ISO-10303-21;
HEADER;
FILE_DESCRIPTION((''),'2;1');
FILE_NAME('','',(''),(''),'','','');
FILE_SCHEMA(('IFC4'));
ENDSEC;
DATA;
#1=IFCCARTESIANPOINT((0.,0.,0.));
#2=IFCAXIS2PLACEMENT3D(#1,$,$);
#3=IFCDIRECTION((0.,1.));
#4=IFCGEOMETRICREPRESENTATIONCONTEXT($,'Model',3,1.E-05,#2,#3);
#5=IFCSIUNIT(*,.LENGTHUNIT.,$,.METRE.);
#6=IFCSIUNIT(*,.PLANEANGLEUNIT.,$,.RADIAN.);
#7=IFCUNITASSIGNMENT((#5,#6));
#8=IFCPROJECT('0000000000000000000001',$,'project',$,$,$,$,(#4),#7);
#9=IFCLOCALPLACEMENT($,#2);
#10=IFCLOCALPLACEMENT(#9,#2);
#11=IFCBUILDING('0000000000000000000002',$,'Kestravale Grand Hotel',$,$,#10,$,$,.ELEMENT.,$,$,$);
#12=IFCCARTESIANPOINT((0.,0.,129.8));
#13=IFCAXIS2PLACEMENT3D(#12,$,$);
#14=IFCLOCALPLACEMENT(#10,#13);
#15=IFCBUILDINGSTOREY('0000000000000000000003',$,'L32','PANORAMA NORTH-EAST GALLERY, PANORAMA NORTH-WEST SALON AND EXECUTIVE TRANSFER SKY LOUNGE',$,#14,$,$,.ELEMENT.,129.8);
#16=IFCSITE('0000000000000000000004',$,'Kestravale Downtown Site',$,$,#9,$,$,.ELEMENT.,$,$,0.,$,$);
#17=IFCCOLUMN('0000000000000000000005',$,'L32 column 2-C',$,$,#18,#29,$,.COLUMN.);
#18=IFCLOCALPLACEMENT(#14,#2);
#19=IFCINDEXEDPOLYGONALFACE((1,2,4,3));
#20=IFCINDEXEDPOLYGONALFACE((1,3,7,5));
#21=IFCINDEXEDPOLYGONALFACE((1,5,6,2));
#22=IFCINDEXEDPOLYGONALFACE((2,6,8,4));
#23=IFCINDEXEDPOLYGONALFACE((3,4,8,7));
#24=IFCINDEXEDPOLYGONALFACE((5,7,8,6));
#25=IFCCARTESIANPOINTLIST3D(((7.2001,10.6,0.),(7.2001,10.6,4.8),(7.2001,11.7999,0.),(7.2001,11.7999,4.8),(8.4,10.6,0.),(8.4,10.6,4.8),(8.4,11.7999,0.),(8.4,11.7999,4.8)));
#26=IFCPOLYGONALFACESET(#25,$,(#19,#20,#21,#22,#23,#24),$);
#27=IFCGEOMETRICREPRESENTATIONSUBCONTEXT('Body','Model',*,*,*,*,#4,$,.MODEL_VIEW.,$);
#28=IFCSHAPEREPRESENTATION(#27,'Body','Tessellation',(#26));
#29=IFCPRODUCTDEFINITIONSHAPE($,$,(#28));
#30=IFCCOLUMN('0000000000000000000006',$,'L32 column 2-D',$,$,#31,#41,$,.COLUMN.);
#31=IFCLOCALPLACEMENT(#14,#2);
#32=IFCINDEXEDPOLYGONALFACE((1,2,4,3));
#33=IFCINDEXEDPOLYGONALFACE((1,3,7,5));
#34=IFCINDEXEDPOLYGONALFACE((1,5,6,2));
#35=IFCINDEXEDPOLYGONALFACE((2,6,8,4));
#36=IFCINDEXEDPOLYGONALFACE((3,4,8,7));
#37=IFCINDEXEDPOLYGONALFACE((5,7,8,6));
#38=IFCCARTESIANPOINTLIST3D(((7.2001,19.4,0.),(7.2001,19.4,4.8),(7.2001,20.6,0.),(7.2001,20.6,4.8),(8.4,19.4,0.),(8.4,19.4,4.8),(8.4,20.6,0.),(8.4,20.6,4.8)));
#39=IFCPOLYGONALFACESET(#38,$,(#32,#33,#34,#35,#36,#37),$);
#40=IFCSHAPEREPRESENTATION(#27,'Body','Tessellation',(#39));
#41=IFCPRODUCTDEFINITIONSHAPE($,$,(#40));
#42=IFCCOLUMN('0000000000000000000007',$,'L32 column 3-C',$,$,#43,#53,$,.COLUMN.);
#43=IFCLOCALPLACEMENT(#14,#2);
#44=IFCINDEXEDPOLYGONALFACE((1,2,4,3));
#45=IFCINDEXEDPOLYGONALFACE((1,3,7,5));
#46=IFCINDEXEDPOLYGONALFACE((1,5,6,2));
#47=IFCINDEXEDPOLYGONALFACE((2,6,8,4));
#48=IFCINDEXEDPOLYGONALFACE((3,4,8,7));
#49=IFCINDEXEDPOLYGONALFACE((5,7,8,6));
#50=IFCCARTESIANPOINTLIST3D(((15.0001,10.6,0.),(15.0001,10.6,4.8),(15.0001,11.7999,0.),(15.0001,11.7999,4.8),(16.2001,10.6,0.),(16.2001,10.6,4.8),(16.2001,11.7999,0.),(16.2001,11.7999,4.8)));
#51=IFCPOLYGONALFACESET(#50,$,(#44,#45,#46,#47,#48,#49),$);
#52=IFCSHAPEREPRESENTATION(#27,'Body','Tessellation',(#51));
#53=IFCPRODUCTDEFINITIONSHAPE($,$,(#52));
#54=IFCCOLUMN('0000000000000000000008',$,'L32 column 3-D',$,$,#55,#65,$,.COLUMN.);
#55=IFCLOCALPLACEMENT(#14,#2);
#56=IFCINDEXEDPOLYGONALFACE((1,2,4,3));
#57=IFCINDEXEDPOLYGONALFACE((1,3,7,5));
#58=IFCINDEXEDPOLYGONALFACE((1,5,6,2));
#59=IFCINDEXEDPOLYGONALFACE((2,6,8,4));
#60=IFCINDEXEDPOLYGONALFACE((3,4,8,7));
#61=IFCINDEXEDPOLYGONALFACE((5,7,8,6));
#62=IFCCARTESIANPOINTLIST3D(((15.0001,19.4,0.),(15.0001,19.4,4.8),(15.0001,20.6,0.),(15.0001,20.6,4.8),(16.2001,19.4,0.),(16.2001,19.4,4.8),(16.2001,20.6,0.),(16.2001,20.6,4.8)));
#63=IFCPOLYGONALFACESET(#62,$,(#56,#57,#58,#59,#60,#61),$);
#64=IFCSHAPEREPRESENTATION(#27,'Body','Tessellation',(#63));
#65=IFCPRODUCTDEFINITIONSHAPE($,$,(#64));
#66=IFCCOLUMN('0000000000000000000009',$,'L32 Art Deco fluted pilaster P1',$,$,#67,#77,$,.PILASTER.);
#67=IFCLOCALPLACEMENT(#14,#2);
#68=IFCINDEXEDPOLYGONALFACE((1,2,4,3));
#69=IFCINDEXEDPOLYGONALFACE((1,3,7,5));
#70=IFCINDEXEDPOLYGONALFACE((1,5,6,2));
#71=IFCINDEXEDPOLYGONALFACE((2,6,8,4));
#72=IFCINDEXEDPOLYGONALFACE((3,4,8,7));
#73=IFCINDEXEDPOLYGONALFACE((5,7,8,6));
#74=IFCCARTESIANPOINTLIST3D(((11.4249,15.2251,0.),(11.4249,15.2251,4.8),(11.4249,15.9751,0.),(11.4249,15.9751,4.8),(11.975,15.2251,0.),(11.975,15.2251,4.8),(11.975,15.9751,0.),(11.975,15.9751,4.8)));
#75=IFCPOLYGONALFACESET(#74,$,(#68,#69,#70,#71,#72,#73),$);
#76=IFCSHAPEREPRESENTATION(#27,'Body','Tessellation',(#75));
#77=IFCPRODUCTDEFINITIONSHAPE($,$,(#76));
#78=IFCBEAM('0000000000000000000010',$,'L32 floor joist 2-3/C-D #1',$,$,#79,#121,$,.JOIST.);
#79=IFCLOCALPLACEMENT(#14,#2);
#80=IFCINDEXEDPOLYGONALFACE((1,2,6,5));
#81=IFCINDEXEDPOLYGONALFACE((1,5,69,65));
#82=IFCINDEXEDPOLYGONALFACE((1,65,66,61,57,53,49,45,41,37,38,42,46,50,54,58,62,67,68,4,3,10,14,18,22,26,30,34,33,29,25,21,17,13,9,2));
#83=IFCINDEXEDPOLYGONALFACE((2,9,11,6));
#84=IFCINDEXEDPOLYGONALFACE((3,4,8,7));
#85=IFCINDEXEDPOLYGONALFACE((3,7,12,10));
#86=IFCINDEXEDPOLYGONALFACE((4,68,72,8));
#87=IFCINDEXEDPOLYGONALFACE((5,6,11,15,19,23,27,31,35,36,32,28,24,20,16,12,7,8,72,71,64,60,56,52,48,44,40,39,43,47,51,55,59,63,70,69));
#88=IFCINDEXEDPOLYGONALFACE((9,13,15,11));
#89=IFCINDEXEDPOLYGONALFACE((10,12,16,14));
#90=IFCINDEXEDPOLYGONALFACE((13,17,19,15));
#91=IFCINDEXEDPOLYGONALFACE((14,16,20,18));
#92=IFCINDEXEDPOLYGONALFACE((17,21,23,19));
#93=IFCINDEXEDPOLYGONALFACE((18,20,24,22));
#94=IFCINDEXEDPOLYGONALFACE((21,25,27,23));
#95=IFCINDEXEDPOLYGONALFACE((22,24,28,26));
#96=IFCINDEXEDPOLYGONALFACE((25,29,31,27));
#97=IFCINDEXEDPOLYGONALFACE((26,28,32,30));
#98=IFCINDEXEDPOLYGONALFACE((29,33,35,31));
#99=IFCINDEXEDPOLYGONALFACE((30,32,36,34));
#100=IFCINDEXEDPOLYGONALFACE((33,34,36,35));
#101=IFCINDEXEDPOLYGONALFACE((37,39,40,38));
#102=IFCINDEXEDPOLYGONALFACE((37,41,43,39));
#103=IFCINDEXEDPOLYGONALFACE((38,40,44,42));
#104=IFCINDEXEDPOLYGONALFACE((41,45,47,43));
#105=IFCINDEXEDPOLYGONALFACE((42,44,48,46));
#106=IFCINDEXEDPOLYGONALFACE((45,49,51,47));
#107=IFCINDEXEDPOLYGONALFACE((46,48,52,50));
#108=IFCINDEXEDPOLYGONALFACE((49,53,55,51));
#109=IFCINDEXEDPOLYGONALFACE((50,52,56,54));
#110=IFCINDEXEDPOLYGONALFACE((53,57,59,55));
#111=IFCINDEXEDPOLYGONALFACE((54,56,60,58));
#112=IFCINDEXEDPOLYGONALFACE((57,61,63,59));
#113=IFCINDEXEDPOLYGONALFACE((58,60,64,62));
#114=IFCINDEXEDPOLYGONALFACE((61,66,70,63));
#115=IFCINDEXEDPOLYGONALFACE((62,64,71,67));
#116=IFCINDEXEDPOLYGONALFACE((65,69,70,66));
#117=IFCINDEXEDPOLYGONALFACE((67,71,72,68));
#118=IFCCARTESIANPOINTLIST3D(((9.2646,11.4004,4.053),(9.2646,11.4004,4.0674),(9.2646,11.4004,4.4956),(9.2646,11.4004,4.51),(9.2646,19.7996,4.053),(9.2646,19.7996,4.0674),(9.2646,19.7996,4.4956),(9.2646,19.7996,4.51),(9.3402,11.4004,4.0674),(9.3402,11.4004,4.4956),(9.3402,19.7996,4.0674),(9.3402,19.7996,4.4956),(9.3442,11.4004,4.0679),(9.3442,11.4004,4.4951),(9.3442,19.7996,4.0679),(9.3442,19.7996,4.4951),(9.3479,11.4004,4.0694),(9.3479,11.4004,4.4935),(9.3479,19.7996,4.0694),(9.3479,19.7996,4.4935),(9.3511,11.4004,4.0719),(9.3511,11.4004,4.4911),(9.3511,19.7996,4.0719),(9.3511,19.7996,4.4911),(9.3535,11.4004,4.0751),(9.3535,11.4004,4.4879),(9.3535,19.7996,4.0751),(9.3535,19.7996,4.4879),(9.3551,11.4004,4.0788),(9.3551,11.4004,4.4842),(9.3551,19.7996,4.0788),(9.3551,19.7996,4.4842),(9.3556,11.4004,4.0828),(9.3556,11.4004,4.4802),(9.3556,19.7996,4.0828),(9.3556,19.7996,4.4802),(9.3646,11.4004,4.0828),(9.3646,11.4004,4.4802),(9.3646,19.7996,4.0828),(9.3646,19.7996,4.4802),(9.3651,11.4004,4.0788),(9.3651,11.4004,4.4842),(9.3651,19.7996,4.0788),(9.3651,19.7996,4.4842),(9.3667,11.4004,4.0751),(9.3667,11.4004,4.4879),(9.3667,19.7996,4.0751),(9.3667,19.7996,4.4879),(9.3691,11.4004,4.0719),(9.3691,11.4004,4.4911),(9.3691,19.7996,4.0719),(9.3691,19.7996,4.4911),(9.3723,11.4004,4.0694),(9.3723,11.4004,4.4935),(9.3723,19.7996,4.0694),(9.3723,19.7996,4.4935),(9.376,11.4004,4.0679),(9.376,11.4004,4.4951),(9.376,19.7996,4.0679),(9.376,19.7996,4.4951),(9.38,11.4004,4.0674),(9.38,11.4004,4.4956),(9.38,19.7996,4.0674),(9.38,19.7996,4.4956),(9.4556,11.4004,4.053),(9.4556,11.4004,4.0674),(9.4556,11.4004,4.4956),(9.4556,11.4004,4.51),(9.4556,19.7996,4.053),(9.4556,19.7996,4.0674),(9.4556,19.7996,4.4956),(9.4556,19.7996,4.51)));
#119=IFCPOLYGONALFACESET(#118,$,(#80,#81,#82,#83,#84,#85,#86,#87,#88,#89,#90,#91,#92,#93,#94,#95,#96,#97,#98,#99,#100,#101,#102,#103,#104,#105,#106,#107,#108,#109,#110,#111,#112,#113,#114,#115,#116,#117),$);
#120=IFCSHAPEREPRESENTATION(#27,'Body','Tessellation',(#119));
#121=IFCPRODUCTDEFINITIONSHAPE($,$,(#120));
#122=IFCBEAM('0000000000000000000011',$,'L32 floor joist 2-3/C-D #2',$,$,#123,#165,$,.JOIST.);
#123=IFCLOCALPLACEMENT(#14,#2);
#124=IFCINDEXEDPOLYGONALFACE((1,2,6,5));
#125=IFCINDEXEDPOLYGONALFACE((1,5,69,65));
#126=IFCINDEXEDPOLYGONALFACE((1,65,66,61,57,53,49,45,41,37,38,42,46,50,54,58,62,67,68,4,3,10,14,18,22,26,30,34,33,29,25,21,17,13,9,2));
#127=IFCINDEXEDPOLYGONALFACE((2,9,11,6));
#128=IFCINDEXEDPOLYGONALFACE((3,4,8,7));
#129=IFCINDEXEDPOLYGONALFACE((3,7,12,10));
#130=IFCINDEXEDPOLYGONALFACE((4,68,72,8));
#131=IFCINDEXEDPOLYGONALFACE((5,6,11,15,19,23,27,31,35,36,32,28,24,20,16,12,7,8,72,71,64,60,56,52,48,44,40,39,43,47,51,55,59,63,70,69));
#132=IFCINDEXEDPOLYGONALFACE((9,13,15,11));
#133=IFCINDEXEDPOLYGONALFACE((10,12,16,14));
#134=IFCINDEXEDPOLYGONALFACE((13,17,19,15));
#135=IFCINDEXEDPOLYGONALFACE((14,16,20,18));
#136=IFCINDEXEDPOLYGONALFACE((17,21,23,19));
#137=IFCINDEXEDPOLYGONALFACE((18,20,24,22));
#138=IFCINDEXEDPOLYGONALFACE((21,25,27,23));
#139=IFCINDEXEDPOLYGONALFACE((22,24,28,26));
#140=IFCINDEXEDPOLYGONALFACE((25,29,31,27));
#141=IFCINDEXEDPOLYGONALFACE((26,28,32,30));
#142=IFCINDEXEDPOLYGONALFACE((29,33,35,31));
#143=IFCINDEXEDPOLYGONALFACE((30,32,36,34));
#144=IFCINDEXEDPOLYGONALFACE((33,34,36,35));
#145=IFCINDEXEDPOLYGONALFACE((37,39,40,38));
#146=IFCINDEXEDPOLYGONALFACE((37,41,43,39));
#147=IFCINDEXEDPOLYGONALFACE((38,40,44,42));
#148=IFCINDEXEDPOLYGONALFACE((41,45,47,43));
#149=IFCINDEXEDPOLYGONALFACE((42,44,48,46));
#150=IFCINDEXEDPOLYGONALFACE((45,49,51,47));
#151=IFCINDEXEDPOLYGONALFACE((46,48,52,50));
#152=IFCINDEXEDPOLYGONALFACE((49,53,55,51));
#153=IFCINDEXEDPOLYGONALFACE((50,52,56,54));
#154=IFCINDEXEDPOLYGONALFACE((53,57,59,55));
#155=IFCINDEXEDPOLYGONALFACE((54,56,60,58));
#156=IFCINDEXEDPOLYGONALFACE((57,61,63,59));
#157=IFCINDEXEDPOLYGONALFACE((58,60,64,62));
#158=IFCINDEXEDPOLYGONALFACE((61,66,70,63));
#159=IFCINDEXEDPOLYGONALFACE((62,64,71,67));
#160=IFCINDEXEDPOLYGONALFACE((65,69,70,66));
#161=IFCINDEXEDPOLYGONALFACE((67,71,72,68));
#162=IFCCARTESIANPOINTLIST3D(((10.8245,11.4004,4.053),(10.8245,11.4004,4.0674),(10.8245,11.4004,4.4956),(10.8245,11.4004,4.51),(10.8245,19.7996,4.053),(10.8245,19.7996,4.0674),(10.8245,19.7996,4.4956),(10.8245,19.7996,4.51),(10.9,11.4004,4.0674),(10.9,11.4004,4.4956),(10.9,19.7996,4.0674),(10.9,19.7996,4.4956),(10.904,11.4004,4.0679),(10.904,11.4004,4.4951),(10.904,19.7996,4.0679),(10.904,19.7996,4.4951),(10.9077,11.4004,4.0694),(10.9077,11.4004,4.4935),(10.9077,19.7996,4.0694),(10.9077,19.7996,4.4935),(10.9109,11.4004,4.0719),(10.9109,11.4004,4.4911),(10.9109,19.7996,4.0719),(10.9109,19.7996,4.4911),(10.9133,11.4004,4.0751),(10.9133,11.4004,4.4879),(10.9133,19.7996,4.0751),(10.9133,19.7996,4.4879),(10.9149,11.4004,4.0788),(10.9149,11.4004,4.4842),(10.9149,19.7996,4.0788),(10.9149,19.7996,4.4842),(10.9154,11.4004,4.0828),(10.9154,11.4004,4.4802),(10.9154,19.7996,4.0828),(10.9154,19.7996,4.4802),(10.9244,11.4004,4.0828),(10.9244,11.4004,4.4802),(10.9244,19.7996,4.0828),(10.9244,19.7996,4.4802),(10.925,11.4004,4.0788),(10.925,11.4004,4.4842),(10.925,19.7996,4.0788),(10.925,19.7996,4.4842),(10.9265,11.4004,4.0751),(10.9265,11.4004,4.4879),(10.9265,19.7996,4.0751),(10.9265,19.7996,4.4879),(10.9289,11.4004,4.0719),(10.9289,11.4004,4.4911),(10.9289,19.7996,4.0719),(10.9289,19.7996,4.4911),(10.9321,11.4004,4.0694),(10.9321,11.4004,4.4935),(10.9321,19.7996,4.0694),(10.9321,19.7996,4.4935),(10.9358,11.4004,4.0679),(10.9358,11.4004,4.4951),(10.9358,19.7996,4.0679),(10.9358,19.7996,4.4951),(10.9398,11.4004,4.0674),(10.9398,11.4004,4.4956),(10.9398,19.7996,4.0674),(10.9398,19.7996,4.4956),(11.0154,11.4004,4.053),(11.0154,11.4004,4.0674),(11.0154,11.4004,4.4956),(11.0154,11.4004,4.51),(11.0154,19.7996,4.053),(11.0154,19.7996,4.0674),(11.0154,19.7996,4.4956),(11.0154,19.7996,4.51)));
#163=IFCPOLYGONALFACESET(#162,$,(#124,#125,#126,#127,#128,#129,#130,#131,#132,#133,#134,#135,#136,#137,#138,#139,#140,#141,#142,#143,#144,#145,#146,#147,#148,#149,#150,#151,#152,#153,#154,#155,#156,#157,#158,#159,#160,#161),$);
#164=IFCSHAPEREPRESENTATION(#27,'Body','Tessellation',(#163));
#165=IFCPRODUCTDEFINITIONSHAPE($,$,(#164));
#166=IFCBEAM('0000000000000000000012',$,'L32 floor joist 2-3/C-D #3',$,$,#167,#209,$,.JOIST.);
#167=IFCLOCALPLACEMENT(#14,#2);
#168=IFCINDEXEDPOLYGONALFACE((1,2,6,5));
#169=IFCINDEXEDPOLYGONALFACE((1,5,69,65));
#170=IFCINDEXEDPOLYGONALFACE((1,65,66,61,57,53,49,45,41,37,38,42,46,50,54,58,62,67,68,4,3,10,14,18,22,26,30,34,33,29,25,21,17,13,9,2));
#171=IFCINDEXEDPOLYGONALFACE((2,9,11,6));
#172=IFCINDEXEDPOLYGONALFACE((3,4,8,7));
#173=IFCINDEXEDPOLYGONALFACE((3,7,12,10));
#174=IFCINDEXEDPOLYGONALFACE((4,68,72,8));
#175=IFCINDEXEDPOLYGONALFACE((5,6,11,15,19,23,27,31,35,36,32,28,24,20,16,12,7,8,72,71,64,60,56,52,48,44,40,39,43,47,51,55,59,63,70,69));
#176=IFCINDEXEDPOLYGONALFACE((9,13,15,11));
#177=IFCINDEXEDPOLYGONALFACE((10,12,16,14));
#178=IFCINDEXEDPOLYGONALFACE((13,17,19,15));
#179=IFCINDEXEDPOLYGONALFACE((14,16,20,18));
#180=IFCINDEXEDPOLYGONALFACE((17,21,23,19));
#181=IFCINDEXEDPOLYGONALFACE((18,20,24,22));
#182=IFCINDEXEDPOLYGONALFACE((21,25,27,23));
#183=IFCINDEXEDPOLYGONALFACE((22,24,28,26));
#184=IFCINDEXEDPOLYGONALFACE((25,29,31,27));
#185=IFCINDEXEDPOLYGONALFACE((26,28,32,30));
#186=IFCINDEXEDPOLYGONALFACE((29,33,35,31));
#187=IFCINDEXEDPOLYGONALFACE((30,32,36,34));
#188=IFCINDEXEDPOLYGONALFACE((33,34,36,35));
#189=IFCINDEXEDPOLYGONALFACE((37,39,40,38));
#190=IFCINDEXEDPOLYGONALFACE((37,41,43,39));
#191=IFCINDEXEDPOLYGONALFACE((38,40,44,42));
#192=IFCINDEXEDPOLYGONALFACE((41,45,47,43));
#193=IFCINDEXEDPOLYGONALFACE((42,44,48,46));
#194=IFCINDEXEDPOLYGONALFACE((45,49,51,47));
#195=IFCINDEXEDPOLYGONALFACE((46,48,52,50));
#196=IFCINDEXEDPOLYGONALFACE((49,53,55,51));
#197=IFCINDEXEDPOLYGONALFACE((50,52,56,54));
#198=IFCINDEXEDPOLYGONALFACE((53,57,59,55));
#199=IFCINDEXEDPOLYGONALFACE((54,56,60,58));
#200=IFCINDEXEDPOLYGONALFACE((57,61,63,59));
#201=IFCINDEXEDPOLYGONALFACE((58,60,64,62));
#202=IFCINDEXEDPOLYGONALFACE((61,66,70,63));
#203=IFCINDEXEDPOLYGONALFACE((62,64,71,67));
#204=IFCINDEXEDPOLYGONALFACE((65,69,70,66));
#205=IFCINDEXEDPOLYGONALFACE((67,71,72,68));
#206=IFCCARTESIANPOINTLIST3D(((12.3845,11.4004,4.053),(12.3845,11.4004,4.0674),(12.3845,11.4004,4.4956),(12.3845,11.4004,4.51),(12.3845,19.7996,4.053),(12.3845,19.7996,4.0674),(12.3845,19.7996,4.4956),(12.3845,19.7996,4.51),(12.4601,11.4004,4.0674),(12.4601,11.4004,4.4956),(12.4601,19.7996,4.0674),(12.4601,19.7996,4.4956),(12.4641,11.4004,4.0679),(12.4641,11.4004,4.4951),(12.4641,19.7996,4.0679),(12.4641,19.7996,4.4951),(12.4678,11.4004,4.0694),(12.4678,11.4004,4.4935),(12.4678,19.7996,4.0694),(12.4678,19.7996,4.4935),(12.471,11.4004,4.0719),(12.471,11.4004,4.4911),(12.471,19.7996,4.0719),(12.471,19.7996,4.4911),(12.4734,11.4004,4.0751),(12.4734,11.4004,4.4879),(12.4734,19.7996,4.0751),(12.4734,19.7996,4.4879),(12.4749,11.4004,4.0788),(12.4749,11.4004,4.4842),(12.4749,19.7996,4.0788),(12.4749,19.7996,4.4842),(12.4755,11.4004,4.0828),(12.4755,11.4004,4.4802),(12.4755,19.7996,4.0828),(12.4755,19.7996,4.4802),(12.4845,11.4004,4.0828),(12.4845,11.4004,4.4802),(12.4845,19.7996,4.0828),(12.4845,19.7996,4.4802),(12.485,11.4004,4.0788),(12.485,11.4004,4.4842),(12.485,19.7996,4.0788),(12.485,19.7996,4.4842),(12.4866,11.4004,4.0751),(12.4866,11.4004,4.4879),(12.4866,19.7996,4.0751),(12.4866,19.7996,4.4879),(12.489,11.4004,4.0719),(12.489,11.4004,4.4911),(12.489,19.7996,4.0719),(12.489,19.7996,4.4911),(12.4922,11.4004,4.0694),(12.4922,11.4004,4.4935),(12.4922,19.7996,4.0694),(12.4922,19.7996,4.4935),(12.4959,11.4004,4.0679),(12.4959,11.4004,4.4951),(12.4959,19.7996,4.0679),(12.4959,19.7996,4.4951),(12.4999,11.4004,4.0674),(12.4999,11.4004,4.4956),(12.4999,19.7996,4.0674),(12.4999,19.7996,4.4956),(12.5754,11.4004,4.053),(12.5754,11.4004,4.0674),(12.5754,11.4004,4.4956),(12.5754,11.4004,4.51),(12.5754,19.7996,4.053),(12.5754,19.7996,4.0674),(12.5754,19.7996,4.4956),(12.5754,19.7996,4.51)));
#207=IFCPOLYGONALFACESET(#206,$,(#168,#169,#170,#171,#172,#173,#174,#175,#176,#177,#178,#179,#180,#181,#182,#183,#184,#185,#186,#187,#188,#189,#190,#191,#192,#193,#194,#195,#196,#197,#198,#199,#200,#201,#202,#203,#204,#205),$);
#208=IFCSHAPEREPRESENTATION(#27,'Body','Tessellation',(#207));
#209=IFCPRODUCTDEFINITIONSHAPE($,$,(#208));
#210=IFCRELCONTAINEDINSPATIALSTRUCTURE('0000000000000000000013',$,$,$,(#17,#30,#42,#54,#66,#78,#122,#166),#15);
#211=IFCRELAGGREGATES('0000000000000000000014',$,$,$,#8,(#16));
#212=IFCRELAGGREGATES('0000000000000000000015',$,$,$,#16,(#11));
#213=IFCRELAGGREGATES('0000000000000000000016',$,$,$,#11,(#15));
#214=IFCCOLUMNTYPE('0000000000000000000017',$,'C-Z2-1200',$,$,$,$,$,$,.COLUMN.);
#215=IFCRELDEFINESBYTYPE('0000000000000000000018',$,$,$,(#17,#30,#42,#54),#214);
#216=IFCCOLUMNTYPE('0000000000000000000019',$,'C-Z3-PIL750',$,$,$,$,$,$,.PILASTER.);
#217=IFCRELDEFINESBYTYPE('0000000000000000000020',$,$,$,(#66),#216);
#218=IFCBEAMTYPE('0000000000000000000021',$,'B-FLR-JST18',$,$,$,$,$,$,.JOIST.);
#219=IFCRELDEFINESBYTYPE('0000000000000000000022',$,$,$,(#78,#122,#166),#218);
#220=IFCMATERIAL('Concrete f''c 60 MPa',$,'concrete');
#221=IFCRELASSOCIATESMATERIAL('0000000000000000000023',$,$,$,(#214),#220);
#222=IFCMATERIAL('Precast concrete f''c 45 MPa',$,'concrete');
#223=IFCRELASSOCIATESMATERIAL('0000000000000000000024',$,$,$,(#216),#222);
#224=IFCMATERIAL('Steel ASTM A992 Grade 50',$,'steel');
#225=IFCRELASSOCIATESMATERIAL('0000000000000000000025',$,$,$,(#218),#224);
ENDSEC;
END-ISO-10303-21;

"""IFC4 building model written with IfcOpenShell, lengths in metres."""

from ifc_helpers import new_model, si_unit, direction, frame, origin, origin_2d, place, context, subcontext, project, spatial, rectangle, i_section, extrude, material, material_profile, profile_set, type_object, element, save


model = new_model("IFC4")

# Units and contexts
model_context = context("Model", 3, precision=1e-05, world=origin(), true_north=direction((0.0, 1.0)))
body_context = subcontext(model_context, "Body", "Model", "MODEL_VIEW")
ifc_project = project(units=[si_unit("LENGTHUNIT", "METRE"), si_unit("PLANEANGLEUNIT", "RADIAN")], contexts=[model_context])

# Site, building, storey
site_placement = place(None, origin())
site = spatial("IfcSite", under=ifc_project, at=site_placement, Name="Kestravale Downtown Site", CompositionType="ELEMENT", RefElevation=0.0)
building_placement = place(site_placement, origin())
building = spatial("IfcBuilding", under=site, at=building_placement, Name="Kestravale Grand Hotel", CompositionType="ELEMENT")
storey_placement = place(building_placement, frame((0.0, 0.0, 129.8)))
storey = spatial("IfcBuildingStorey", under=building, at=storey_placement, Name="L32", Description="PANORAMA NORTH-EAST GALLERY, PANORAMA NORTH-WEST SALON AND EXECUTIVE TRANSFER SKY LOUNGE", CompositionType="ELEMENT", Elevation=129.8)

# Columns
ifc_material_1 = material(Name="Concrete f'c 60 MPa", Category="concrete")
ifc_material_profile_1 = material_profile(ifc_material_1, rectangle(XDim=1.2, YDim=1.2, at=origin_2d()))
ifc_profile_set_1 = profile_set([ifc_material_profile_1], Name="Concrete f'c 60 MPa")
column_type_1 = type_object("IfcColumnType", Name="C-Z2-1200", PredefinedType="COLUMN", material=ifc_profile_set_1)
for number, where, z_axis, x_axis, name in (
    (1, (7.8, 11.2, 0.0), (0.0, 0.0, 1.0), (1.0, 0.0, 0.0), "L32 column 2-C"),
    (2, (7.8, 20.0, 0.0), (0.0, 0.0, 1.0), (1.0, 0.0, 0.0), "L32 column 2-D"),
    (3, (15.6001, 11.2, 0.0), (0.0, 0.0, 1.0), (1.0, 0.0, 0.0), "L32 column 3-C"),
    (4, (15.6001, 20.0, 0.0), (0.0, 0.0, 1.0), (1.0, 0.0, 0.0), "L32 column 3-D"),
):
    element("IfcColumn", number, at=place(storey_placement, frame(where, z_axis=z_axis, x_axis=x_axis)), inside=storey, type_object=column_type_1, Name=name, PredefinedType="COLUMN", context=body_context, shape_type="SweptSolid", body=[
        extrude(rectangle(XDim=1.2, YDim=1.2, at=origin_2d()), origin(), (0.0, 0.0, 1.0), 4.8),
    ])
ifc_material_2 = material(Name="Precast concrete f'c 45 MPa", Category="concrete")
ifc_material_profile_2 = material_profile(ifc_material_2, rectangle(XDim=0.55, YDim=0.75, at=origin_2d()))
ifc_profile_set_2 = profile_set([ifc_material_profile_2], Name="Precast concrete f'c 45 MPa")
column_type_2 = type_object("IfcColumnType", Name="C-Z3-PIL750", PredefinedType="PILASTER", material=ifc_profile_set_2)
column_placement = place(storey_placement, frame((11.7, 15.6001, 0.0), z_axis=(0.0, 0.0, 1.0), x_axis=(1.0, 0.0, 0.0)))
element("IfcColumn", 5, at=column_placement, inside=storey, type_object=column_type_2, Name="L32 Art Deco fluted pilaster P1", PredefinedType="PILASTER", context=body_context, shape_type="SweptSolid", body=[
    extrude(rectangle(XDim=0.55, YDim=0.75, at=origin_2d()), origin(), (0.0, 0.0, 1.0), 4.8),
])

# Beams
ifc_material_3 = material(Name="Steel ASTM A992 Grade 50", Category="steel")
ifc_material_profile_3 = material_profile(ifc_material_3, i_section(OverallWidth=0.1909, OverallDepth=0.457, WebThickness=0.009, FlangeThickness=0.0144, FilletRadius=0.0154, at=origin_2d()))
ifc_profile_set_3 = profile_set([ifc_material_profile_3], Name="Steel ASTM A992 Grade 50")
beam_type_1 = type_object("IfcBeamType", Name="B-FLR-JST18", PredefinedType="JOIST", material=ifc_profile_set_3)
for number, where, z_axis, x_axis, name in (
    (6, (9.3601, 11.4004, 4.2815), (0.0, 1.0, 0.0), (-1.0, 0.0, 0.0), "L32 floor joist 2-3/C-D #1"),
    (7, (10.9199, 11.4004, 4.2815), (0.0, 1.0, 0.0), (-1.0, 0.0, 0.0), "L32 floor joist 2-3/C-D #2"),
    (8, (12.48, 11.4004, 4.2815), (0.0, 1.0, 0.0), (-1.0, 0.0, 0.0), "L32 floor joist 2-3/C-D #3"),
):
    element("IfcBeam", number, at=place(storey_placement, frame(where, z_axis=z_axis, x_axis=x_axis)), inside=storey, type_object=beam_type_1, Name=name, PredefinedType="JOIST", context=body_context, shape_type="SweptSolid", body=[
        extrude(i_section(OverallWidth=0.1909, OverallDepth=0.457, WebThickness=0.009, FlangeThickness=0.0144, FilletRadius=0.0154, at=origin_2d()), origin(), (0.0, 0.0, 1.0), 8.3992),
    ])

save(model, "model.ifc")
